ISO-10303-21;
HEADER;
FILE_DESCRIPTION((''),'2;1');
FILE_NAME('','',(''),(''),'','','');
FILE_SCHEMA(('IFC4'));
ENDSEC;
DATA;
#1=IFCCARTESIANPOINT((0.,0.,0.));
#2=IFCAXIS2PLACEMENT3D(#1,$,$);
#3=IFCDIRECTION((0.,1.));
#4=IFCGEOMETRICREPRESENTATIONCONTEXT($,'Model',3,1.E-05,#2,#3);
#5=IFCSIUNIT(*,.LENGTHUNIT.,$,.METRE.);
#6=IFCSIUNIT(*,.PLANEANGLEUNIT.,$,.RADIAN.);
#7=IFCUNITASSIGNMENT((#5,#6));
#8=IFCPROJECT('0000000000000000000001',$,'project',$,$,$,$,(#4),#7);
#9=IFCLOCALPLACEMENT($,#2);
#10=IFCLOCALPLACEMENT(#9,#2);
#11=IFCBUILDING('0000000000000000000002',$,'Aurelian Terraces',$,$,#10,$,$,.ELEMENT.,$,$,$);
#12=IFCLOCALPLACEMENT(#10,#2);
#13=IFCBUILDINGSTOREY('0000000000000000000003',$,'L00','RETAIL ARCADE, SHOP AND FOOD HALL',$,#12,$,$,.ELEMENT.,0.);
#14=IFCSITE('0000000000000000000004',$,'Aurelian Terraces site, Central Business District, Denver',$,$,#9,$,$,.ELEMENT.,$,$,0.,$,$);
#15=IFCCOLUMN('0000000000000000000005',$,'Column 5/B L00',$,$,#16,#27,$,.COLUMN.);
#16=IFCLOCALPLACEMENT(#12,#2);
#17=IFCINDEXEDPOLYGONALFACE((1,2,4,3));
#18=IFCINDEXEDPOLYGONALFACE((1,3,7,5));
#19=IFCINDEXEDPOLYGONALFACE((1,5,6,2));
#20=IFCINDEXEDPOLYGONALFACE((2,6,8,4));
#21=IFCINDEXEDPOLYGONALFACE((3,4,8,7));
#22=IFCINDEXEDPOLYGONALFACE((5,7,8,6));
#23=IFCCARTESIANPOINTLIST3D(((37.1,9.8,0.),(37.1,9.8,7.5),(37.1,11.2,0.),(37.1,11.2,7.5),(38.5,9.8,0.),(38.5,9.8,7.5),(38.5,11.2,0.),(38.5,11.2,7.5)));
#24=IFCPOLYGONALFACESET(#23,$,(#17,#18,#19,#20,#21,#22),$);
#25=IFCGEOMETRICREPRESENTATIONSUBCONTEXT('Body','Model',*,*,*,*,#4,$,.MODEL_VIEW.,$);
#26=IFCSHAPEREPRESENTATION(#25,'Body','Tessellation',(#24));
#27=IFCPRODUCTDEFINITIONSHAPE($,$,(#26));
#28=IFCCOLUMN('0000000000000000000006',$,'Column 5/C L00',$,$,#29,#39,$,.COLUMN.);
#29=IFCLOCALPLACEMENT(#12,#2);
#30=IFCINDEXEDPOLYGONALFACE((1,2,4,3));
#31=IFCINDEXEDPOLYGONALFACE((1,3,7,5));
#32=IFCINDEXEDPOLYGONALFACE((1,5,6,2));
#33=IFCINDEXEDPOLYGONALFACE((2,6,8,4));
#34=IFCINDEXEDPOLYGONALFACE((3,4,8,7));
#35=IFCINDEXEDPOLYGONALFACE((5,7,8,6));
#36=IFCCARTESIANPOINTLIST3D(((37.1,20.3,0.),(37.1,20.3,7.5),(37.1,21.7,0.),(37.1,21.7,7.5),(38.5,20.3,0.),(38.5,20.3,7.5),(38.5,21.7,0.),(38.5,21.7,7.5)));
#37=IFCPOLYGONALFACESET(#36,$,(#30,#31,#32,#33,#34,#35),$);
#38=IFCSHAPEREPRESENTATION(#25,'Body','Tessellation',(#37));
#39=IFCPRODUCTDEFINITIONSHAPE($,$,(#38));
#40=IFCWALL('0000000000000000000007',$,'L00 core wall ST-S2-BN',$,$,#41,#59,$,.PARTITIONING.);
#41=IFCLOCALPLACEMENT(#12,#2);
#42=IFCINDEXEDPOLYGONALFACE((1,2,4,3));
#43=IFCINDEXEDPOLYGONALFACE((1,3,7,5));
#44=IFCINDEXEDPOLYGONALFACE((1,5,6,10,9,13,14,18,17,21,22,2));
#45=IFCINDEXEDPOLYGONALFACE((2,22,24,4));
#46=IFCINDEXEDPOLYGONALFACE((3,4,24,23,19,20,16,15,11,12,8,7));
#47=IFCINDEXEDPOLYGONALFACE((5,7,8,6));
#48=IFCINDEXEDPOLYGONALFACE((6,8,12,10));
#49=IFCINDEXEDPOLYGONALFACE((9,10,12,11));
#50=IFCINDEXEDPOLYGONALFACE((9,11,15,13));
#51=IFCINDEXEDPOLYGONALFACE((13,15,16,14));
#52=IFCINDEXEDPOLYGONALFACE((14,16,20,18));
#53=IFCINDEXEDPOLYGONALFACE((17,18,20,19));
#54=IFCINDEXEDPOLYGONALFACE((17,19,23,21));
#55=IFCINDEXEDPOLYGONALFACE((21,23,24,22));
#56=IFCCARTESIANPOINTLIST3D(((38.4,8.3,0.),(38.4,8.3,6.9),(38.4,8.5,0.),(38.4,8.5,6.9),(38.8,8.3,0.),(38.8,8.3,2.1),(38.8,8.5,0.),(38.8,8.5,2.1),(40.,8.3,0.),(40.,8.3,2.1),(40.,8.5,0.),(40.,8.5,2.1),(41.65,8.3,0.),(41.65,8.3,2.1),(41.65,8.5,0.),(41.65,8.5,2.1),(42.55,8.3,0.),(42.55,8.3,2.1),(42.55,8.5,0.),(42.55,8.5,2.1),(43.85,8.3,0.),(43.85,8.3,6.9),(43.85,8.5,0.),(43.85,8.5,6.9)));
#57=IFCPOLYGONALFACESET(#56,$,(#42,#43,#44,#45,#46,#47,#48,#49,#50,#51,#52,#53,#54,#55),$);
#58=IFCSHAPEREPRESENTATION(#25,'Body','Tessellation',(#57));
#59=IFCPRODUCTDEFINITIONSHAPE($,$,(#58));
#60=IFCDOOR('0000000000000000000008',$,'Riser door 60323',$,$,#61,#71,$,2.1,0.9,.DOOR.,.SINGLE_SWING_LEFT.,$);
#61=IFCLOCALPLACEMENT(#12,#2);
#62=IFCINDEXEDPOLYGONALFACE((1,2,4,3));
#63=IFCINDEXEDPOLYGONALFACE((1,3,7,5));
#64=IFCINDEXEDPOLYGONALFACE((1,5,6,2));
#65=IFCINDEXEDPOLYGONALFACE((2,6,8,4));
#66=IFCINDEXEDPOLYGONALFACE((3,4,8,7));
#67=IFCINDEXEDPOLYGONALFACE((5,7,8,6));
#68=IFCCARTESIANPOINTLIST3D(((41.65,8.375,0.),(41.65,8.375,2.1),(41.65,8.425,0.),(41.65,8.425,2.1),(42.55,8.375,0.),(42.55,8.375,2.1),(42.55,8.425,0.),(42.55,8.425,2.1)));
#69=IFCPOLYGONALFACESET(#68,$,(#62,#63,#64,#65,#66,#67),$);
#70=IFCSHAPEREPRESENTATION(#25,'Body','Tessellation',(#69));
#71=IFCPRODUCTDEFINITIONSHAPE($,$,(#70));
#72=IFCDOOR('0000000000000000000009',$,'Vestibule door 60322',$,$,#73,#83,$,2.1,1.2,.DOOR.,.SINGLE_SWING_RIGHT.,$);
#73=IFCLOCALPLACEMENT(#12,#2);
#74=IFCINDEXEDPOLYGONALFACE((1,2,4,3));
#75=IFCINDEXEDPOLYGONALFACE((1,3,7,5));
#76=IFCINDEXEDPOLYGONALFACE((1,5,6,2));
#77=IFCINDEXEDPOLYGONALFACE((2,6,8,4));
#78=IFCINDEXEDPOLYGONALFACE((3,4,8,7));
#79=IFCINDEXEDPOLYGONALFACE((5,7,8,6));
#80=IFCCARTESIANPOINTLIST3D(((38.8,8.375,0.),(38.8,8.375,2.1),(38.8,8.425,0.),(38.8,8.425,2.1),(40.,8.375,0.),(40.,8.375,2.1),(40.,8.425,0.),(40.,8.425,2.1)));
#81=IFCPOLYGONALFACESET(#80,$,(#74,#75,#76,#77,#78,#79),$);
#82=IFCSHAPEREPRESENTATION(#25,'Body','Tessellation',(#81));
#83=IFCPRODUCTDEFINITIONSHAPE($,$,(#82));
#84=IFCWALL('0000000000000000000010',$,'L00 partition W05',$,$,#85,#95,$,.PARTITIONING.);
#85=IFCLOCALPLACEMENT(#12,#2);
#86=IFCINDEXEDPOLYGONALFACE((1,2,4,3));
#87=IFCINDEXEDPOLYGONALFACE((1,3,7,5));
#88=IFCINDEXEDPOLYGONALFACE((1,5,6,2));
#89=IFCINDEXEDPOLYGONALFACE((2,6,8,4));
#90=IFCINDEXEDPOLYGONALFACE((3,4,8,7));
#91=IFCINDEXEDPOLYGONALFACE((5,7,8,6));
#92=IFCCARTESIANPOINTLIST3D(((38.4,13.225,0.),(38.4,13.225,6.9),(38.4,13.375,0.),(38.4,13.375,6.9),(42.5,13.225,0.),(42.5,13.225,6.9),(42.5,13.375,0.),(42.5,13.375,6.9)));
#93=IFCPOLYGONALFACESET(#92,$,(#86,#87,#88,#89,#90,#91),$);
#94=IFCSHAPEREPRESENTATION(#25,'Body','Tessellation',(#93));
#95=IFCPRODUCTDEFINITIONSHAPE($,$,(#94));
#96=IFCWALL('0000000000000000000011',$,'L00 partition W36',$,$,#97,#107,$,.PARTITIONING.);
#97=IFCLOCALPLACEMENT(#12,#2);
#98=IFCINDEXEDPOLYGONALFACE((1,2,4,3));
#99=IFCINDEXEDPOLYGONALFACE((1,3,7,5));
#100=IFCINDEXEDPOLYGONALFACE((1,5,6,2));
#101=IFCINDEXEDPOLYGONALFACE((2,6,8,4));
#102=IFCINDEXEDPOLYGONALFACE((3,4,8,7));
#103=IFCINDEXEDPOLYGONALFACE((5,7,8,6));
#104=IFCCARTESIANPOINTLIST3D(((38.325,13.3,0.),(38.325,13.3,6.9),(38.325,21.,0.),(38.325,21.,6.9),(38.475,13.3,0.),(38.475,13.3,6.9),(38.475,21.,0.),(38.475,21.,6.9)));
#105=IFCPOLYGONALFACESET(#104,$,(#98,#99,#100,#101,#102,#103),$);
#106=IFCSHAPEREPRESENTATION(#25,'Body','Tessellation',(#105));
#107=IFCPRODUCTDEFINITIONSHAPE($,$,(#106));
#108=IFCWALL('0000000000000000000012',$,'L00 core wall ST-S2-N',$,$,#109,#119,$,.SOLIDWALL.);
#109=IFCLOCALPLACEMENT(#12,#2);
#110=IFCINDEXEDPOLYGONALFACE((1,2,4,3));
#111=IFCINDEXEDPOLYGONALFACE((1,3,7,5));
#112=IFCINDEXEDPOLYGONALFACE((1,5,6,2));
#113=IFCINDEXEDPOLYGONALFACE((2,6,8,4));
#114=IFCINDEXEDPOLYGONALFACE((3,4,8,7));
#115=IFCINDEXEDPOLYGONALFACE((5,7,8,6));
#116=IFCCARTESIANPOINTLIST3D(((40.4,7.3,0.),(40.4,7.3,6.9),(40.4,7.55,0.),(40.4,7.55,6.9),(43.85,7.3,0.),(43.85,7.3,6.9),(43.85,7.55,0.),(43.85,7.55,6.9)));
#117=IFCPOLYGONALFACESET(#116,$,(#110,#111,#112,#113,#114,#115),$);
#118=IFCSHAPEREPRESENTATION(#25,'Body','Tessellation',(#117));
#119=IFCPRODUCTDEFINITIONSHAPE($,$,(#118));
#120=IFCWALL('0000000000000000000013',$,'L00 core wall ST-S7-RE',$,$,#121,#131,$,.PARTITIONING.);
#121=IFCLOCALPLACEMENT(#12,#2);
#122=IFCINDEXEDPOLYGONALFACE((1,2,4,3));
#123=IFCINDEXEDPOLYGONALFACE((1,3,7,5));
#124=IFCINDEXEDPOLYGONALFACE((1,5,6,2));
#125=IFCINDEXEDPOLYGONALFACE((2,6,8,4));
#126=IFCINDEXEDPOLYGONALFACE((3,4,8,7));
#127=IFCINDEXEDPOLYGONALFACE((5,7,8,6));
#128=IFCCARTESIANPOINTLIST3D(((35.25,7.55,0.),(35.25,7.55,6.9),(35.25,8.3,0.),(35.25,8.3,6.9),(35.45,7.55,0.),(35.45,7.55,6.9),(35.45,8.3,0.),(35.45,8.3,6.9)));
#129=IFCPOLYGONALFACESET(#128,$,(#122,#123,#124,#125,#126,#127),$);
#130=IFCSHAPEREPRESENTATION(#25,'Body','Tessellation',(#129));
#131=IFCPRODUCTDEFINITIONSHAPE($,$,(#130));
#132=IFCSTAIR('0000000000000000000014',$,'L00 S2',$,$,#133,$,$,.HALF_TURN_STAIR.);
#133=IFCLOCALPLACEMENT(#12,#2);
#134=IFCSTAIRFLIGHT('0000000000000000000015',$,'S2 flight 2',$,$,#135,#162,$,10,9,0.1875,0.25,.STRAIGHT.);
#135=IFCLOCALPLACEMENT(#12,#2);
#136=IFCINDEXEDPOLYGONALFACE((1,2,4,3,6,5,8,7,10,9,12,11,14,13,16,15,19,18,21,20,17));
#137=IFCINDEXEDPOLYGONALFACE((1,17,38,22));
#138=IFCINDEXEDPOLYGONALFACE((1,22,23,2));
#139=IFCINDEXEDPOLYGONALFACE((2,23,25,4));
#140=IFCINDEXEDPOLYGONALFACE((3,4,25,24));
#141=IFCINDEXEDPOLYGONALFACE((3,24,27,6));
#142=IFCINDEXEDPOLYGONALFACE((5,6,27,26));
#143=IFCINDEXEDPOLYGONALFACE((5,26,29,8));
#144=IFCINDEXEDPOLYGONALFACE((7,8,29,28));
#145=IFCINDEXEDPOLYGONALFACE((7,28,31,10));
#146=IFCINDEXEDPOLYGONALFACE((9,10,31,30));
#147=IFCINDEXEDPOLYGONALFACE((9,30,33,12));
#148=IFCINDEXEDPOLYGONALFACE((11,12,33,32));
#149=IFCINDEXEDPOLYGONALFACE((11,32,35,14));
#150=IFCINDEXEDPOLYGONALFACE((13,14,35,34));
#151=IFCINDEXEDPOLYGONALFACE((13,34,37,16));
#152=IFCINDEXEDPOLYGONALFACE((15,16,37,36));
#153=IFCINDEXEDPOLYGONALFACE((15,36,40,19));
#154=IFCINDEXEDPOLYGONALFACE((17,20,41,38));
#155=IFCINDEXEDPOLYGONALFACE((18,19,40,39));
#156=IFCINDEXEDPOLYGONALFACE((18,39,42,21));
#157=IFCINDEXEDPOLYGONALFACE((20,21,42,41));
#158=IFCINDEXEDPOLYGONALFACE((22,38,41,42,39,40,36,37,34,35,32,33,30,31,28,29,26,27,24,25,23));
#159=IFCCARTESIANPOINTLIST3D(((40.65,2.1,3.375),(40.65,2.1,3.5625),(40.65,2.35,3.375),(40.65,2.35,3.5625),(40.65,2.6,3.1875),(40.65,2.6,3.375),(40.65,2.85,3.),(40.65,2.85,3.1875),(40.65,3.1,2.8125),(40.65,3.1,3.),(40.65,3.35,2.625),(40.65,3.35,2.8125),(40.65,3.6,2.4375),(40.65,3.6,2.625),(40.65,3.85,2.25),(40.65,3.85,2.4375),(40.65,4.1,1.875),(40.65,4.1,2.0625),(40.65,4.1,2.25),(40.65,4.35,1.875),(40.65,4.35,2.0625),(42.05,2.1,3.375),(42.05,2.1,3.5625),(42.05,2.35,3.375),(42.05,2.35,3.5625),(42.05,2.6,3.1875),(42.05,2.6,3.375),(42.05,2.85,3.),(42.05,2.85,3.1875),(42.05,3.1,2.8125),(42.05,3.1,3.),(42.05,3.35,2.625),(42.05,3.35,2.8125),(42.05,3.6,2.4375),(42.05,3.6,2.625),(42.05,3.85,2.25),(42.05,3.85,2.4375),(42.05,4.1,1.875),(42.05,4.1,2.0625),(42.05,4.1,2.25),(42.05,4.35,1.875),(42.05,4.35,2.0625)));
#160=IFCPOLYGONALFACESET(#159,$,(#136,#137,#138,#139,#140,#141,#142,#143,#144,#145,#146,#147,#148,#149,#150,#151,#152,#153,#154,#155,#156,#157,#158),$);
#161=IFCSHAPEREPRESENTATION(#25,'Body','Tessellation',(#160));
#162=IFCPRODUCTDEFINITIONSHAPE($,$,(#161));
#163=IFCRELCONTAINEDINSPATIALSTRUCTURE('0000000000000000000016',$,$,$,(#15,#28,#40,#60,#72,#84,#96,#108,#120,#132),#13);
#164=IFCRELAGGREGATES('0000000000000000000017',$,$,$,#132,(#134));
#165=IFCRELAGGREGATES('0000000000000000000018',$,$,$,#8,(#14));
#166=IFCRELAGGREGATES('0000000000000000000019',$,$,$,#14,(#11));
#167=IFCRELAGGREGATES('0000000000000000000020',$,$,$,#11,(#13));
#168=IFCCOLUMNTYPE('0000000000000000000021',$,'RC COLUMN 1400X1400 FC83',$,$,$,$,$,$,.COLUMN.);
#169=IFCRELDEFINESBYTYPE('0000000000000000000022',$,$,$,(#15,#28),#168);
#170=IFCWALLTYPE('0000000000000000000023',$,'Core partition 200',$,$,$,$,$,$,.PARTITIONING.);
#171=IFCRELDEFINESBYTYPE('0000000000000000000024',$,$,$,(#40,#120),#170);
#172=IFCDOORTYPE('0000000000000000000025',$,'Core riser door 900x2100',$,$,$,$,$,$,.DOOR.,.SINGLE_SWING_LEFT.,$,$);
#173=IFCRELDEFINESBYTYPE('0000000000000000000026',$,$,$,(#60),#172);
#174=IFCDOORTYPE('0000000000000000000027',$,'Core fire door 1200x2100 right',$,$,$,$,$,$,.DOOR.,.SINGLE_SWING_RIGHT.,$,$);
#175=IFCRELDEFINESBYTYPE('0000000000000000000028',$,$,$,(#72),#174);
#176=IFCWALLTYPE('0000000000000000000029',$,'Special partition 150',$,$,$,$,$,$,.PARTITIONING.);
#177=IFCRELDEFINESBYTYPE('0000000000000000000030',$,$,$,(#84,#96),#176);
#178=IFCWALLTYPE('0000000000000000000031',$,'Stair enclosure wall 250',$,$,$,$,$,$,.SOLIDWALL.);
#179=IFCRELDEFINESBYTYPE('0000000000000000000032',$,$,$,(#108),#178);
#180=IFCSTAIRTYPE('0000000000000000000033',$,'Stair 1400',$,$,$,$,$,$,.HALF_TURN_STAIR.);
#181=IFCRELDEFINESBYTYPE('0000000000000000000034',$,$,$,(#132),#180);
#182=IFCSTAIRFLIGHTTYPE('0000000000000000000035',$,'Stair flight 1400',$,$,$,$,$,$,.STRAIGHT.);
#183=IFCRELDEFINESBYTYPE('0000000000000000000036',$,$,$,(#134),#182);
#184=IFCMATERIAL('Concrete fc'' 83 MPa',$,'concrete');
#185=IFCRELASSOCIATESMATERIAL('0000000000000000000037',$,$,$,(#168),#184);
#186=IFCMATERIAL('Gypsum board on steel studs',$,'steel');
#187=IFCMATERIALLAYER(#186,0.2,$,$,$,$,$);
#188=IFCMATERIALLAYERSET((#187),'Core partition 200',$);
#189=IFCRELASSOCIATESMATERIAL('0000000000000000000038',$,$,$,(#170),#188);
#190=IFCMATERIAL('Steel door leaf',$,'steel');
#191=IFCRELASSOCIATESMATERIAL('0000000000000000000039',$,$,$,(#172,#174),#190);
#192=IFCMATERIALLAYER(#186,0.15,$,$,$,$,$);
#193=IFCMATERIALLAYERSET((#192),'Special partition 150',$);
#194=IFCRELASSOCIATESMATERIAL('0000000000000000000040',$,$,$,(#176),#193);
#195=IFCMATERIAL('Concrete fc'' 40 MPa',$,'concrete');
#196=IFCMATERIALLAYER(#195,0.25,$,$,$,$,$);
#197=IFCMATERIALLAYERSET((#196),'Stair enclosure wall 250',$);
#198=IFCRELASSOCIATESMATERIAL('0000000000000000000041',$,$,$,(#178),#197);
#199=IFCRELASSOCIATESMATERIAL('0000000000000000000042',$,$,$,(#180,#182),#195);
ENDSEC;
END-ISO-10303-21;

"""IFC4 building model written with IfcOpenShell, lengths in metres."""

from ifc_helpers import new_model, si_unit, direction, frame, frame_2d, origin, origin_2d, place, context, subcontext, project, spatial, polyline, rectangle, outline, extrude, source, transform, mapped, material, layer, layer_set, material_profile, profile_set, type_object, element, fill, aggregate, save


model = new_model("IFC4")

# Units and contexts
model_context = context("Model", 3, precision=1e-05, world=origin(), true_north=direction((0.0, 1.0)))
body_context = subcontext(model_context, "Body", "Model", "MODEL_VIEW")
ifc_project = project(units=[si_unit("LENGTHUNIT", "METRE"), si_unit("PLANEANGLEUNIT", "RADIAN")], contexts=[model_context])

# Site, building, storey
site_placement = place(None, origin())
site = spatial("IfcSite", under=ifc_project, at=site_placement, Name="Aurelian Terraces site, Central Business District, Denver", CompositionType="ELEMENT", RefElevation=0.0)
building_placement = place(site_placement, origin())
building = spatial("IfcBuilding", under=site, at=building_placement, Name="Aurelian Terraces", CompositionType="ELEMENT")
storey_placement = place(building_placement, origin())
storey = spatial("IfcBuildingStorey", under=building, at=storey_placement, Name="L00", Description="RETAIL ARCADE, SHOP AND FOOD HALL", CompositionType="ELEMENT", Elevation=0.0)

# Columns
ifc_material_1 = material(Name="Concrete fc' 83 MPa", Category="concrete")
ifc_material_profile = material_profile(ifc_material_1, rectangle(XDim=1.4, YDim=1.4, at=origin_2d()))
ifc_profile_set = profile_set([ifc_material_profile], Name="Concrete fc' 83 MPa")
column_type = type_object("IfcColumnType", Name="RC COLUMN 1400X1400 FC83", PredefinedType="COLUMN", material=ifc_profile_set)
shared_shape_1 = source(origin(), body_context, "Body", "SweptSolid", [
    extrude(rectangle(XDim=1.4, YDim=1.4, at=origin_2d()), origin(), (0.0, 0.0, 1.0), 7.5),
])
for number, where, z_axis, x_axis, name in (
    (1, (37.8, 10.5, 0.0), (0.0, 0.0, 1.0), (1.0, 0.0, 0.0), "Column 5/B L00"),
    (2, (37.8, 21.0, 0.0), (0.0, 0.0, 1.0), (1.0, 0.0, 0.0), "Column 5/C L00"),
):
    element("IfcColumn", number, at=place(storey_placement, frame(where, z_axis=z_axis, x_axis=x_axis)), inside=storey, type_object=column_type, Name=name, PredefinedType="COLUMN", context=body_context, shape_type="MappedRepresentation", body=[
        mapped(shared_shape_1, transform((0.0, 0.0, 0.0), scale=1.0)),
    ])

# Wall, openings, doors
ifc_material_2 = material(Name="Gypsum board on steel studs", Category="steel")
ifc_layer_1 = layer(ifc_material_2, 0.2)
ifc_layer_set_1 = layer_set([ifc_layer_1], Name="Core partition 200")
wall_type_1 = type_object("IfcWallType", Name="Core partition 200", PredefinedType="PARTITIONING", material=ifc_layer_set_1)
wall_1_placement = place(storey_placement, frame((38.4, 8.4, 0.0), z_axis=(0.0, 0.0, 1.0), x_axis=(1.0, 0.0, 0.0)))
wall_1 = element("IfcWall", 3, at=wall_1_placement, inside=storey, type_object=wall_type_1, Name="L00 core wall ST-S2-BN", PredefinedType="PARTITIONING", context=body_context, shape_type="SweptSolid", body=[
    extrude(rectangle(XDim=5.45, YDim=0.2, at=frame_2d((2.725, 0.0))), origin(), (0.0, 0.0, 1.0), 6.9),
])
shared_shape_2 = source(origin(), body_context, "Body", "SweptSolid", [
    extrude(rectangle(XDim=1.2, YDim=2.1, at=frame_2d((0.6, 1.05))), frame((0.0, 0.11, 0.0), z_axis=(0.0, -1.0, 0.0), x_axis=(1.0, 0.0, 0.0)), (0.0, 0.0, 1.0), 0.22),
])
opening_1_placement = place(wall_1_placement, frame((0.4, 0.0, 0.0)))
opening_1 = element("IfcOpeningElement", 4, at=opening_1_placement, cuts=wall_1, PredefinedType="OPENING", context=body_context, shape_type="MappedRepresentation", body=[
    mapped(shared_shape_2, transform((0.0, 0.0, 0.0), scale=1.0)),
])
shared_shape_3 = source(origin(), body_context, "Body", "SweptSolid", [
    extrude(rectangle(XDim=0.9, YDim=2.1, at=frame_2d((0.45, 1.05))), frame((0.0, 0.11, 0.0), z_axis=(0.0, -1.0, 0.0), x_axis=(1.0, 0.0, 0.0)), (0.0, 0.0, 1.0), 0.22),
])
opening_2_placement = place(wall_1_placement, frame((3.25, 0.0, 0.0)))
opening_2 = element("IfcOpeningElement", 5, at=opening_2_placement, cuts=wall_1, PredefinedType="OPENING", context=body_context, shape_type="MappedRepresentation", body=[
    mapped(shared_shape_3, transform((0.0, 0.0, 0.0), scale=1.0)),
])
ifc_material_3 = material(Name="Steel door leaf", Category="steel")
door_type_1 = type_object("IfcDoorType", Name="Core riser door 900x2100", OperationType="SINGLE_SWING_LEFT", PredefinedType="DOOR", material=ifc_material_3)
shared_shape_4 = source(origin(), body_context, "Body", "SweptSolid", [
    extrude(rectangle(XDim=0.9, YDim=2.1, at=frame_2d((0.45, 1.05))), frame((0.0, 0.025, 0.0), z_axis=(0.0, -1.0, 0.0), x_axis=(1.0, 0.0, 0.0)), (0.0, 0.0, 1.0), 0.05),
])
door_1_placement = place(opening_2_placement, origin())
door_1 = element("IfcDoor", 6, at=door_1_placement, inside=storey, type_object=door_type_1, Name="Riser door 60323", OperationType="SINGLE_SWING_LEFT", OverallHeight=2.1, OverallWidth=0.9, PredefinedType="DOOR", context=body_context, shape_type="MappedRepresentation", body=[
    mapped(shared_shape_4, transform((0.0, 0.0, 0.0), scale=1.0)),
])
fill(opening_2, door_1)
door_type_2 = type_object("IfcDoorType", Name="Core fire door 1200x2100 right", OperationType="SINGLE_SWING_RIGHT", PredefinedType="DOOR", material=ifc_material_3)
shared_shape_5 = source(origin(), body_context, "Body", "SweptSolid", [
    extrude(rectangle(XDim=1.2, YDim=2.1, at=frame_2d((0.6, 1.05))), frame((0.0, 0.025, 0.0), z_axis=(0.0, -1.0, 0.0), x_axis=(1.0, 0.0, 0.0)), (0.0, 0.0, 1.0), 0.05),
])
door_2_placement = place(opening_1_placement, origin())
door_2 = element("IfcDoor", 7, at=door_2_placement, inside=storey, type_object=door_type_2, Name="Vestibule door 60322", OperationType="SINGLE_SWING_RIGHT", OverallHeight=2.1, OverallWidth=1.2, PredefinedType="DOOR", context=body_context, shape_type="MappedRepresentation", body=[
    mapped(shared_shape_5, transform((0.0, 0.0, 0.0), scale=1.0)),
])
fill(opening_1, door_2)

# Walls
ifc_layer_2 = layer(ifc_material_2, 0.15)
ifc_layer_set_2 = layer_set([ifc_layer_2], Name="Special partition 150")
wall_type_2 = type_object("IfcWallType", Name="Special partition 150", PredefinedType="PARTITIONING", material=ifc_layer_set_2)
wall_2_placement = place(storey_placement, frame((38.4, 13.3, 0.0), z_axis=(0.0, 0.0, 1.0), x_axis=(1.0, 0.0, 0.0)))
element("IfcWall", 8, at=wall_2_placement, inside=storey, type_object=wall_type_2, Name="L00 partition W05", PredefinedType="PARTITIONING", context=body_context, shape_type="SweptSolid", body=[
    extrude(rectangle(XDim=4.1, YDim=0.15, at=frame_2d((2.05, 0.0))), origin(), (0.0, 0.0, 1.0), 6.9),
])
wall_3_placement = place(storey_placement, frame((38.4, 13.3, 0.0), z_axis=(0.0, 0.0, 1.0), x_axis=(0.0, 1.0, 0.0)))
element("IfcWall", 9, at=wall_3_placement, inside=storey, type_object=wall_type_2, Name="L00 partition W36", PredefinedType="PARTITIONING", context=body_context, shape_type="SweptSolid", body=[
    extrude(rectangle(XDim=7.7, YDim=0.15, at=frame_2d((3.85, 0.0))), origin(), (0.0, 0.0, 1.0), 6.9),
])
ifc_material_4 = material(Name="Concrete fc' 40 MPa", Category="concrete")
ifc_layer_3 = layer(ifc_material_4, 0.25)
ifc_layer_set_3 = layer_set([ifc_layer_3], Name="Stair enclosure wall 250")
wall_type_3 = type_object("IfcWallType", Name="Stair enclosure wall 250", PredefinedType="SOLIDWALL", material=ifc_layer_set_3)
wall_4_placement = place(storey_placement, frame((40.4, 7.425, 0.0), z_axis=(0.0, 0.0, 1.0), x_axis=(1.0, 0.0, 0.0)))
element("IfcWall", 10, at=wall_4_placement, inside=storey, type_object=wall_type_3, Name="L00 core wall ST-S2-N", PredefinedType="SOLIDWALL", context=body_context, shape_type="SweptSolid", body=[
    extrude(rectangle(XDim=3.45, YDim=0.25, at=frame_2d((1.725, 0.0))), origin(), (0.0, 0.0, 1.0), 6.9),
])
shared_shape_6 = source(origin(), body_context, "Body", "SweptSolid", [
    extrude(rectangle(XDim=0.75, YDim=0.2, at=frame_2d((0.375, 0.0))), origin(), (0.0, 0.0, 1.0), 6.9),
])
wall_5_placement = place(storey_placement, frame((35.35, 7.55, 0.0), z_axis=(0.0, 0.0, 1.0), x_axis=(0.0, 1.0, 0.0)))
element("IfcWall", 11, at=wall_5_placement, inside=storey, type_object=wall_type_1, Name="L00 core wall ST-S7-RE", PredefinedType="PARTITIONING", context=body_context, shape_type="MappedRepresentation", body=[
    mapped(shared_shape_6, transform((0.0, 0.0, 0.0), scale=1.0)),
])

# Stair, stair flight
stair_type = type_object("IfcStairType", Name="Stair 1400", PredefinedType="HALF_TURN_STAIR", material=ifc_material_4)
stair_1_placement = place(storey_placement, origin())
stair_1 = element("IfcStair", 12, at=stair_1_placement, inside=storey, type_object=stair_type, Name="L00 S2", PredefinedType="HALF_TURN_STAIR")
stair_flight_type = type_object("IfcStairFlightType", Name="Stair flight 1400", PredefinedType="STRAIGHT", material=ifc_material_4)
shared_shape_7 = source(origin(), body_context, "Body", "SweptSolid", [
    extrude(outline(polyline([(0.0, 0.0), (0.0, 0.1875), (0.25, 0.1875), (0.25, 0.375), (0.5, 0.375), (0.5, 0.5625), (0.75, 0.5625), (0.75, 0.75), (1.0, 0.75), (1.0, 0.9375), (1.25, 0.9375), (1.25, 1.125), (1.5, 1.125), (1.5, 1.3125), (1.75, 1.3125), (1.75, 1.5), (2.0, 1.5), (2.0, 1.6875), (2.25, 1.6875), (2.25, 1.875), (2.25, 1.5), (0.25, 0.0), (0.0, 0.0)])), frame((0.0, 0.7, 0.0), z_axis=(0.0, -1.0, 0.0), x_axis=(1.0, 0.0, 0.0)), (0.0, 0.0, 1.0), 1.4),
])
stair_flight_1_placement = place(storey_placement, frame((41.35, 4.35, 1.875), z_axis=(0.0, 0.0, 1.0), x_axis=(0.0, -1.0, 0.0)))
stair_flight_1 = element("IfcStairFlight", 13, at=stair_flight_1_placement, type_object=stair_flight_type, Name="S2 flight 2", NumberOfRisers=10, NumberOfTreads=9, PredefinedType="STRAIGHT", RiserHeight=0.1875, TreadLength=0.25, context=body_context, shape_type="MappedRepresentation", body=[
    mapped(shared_shape_7, transform((0.0, 0.0, 0.0), scale=1.0)),
])
aggregate(stair_1, [stair_flight_1])

save(model, "model.ifc")
